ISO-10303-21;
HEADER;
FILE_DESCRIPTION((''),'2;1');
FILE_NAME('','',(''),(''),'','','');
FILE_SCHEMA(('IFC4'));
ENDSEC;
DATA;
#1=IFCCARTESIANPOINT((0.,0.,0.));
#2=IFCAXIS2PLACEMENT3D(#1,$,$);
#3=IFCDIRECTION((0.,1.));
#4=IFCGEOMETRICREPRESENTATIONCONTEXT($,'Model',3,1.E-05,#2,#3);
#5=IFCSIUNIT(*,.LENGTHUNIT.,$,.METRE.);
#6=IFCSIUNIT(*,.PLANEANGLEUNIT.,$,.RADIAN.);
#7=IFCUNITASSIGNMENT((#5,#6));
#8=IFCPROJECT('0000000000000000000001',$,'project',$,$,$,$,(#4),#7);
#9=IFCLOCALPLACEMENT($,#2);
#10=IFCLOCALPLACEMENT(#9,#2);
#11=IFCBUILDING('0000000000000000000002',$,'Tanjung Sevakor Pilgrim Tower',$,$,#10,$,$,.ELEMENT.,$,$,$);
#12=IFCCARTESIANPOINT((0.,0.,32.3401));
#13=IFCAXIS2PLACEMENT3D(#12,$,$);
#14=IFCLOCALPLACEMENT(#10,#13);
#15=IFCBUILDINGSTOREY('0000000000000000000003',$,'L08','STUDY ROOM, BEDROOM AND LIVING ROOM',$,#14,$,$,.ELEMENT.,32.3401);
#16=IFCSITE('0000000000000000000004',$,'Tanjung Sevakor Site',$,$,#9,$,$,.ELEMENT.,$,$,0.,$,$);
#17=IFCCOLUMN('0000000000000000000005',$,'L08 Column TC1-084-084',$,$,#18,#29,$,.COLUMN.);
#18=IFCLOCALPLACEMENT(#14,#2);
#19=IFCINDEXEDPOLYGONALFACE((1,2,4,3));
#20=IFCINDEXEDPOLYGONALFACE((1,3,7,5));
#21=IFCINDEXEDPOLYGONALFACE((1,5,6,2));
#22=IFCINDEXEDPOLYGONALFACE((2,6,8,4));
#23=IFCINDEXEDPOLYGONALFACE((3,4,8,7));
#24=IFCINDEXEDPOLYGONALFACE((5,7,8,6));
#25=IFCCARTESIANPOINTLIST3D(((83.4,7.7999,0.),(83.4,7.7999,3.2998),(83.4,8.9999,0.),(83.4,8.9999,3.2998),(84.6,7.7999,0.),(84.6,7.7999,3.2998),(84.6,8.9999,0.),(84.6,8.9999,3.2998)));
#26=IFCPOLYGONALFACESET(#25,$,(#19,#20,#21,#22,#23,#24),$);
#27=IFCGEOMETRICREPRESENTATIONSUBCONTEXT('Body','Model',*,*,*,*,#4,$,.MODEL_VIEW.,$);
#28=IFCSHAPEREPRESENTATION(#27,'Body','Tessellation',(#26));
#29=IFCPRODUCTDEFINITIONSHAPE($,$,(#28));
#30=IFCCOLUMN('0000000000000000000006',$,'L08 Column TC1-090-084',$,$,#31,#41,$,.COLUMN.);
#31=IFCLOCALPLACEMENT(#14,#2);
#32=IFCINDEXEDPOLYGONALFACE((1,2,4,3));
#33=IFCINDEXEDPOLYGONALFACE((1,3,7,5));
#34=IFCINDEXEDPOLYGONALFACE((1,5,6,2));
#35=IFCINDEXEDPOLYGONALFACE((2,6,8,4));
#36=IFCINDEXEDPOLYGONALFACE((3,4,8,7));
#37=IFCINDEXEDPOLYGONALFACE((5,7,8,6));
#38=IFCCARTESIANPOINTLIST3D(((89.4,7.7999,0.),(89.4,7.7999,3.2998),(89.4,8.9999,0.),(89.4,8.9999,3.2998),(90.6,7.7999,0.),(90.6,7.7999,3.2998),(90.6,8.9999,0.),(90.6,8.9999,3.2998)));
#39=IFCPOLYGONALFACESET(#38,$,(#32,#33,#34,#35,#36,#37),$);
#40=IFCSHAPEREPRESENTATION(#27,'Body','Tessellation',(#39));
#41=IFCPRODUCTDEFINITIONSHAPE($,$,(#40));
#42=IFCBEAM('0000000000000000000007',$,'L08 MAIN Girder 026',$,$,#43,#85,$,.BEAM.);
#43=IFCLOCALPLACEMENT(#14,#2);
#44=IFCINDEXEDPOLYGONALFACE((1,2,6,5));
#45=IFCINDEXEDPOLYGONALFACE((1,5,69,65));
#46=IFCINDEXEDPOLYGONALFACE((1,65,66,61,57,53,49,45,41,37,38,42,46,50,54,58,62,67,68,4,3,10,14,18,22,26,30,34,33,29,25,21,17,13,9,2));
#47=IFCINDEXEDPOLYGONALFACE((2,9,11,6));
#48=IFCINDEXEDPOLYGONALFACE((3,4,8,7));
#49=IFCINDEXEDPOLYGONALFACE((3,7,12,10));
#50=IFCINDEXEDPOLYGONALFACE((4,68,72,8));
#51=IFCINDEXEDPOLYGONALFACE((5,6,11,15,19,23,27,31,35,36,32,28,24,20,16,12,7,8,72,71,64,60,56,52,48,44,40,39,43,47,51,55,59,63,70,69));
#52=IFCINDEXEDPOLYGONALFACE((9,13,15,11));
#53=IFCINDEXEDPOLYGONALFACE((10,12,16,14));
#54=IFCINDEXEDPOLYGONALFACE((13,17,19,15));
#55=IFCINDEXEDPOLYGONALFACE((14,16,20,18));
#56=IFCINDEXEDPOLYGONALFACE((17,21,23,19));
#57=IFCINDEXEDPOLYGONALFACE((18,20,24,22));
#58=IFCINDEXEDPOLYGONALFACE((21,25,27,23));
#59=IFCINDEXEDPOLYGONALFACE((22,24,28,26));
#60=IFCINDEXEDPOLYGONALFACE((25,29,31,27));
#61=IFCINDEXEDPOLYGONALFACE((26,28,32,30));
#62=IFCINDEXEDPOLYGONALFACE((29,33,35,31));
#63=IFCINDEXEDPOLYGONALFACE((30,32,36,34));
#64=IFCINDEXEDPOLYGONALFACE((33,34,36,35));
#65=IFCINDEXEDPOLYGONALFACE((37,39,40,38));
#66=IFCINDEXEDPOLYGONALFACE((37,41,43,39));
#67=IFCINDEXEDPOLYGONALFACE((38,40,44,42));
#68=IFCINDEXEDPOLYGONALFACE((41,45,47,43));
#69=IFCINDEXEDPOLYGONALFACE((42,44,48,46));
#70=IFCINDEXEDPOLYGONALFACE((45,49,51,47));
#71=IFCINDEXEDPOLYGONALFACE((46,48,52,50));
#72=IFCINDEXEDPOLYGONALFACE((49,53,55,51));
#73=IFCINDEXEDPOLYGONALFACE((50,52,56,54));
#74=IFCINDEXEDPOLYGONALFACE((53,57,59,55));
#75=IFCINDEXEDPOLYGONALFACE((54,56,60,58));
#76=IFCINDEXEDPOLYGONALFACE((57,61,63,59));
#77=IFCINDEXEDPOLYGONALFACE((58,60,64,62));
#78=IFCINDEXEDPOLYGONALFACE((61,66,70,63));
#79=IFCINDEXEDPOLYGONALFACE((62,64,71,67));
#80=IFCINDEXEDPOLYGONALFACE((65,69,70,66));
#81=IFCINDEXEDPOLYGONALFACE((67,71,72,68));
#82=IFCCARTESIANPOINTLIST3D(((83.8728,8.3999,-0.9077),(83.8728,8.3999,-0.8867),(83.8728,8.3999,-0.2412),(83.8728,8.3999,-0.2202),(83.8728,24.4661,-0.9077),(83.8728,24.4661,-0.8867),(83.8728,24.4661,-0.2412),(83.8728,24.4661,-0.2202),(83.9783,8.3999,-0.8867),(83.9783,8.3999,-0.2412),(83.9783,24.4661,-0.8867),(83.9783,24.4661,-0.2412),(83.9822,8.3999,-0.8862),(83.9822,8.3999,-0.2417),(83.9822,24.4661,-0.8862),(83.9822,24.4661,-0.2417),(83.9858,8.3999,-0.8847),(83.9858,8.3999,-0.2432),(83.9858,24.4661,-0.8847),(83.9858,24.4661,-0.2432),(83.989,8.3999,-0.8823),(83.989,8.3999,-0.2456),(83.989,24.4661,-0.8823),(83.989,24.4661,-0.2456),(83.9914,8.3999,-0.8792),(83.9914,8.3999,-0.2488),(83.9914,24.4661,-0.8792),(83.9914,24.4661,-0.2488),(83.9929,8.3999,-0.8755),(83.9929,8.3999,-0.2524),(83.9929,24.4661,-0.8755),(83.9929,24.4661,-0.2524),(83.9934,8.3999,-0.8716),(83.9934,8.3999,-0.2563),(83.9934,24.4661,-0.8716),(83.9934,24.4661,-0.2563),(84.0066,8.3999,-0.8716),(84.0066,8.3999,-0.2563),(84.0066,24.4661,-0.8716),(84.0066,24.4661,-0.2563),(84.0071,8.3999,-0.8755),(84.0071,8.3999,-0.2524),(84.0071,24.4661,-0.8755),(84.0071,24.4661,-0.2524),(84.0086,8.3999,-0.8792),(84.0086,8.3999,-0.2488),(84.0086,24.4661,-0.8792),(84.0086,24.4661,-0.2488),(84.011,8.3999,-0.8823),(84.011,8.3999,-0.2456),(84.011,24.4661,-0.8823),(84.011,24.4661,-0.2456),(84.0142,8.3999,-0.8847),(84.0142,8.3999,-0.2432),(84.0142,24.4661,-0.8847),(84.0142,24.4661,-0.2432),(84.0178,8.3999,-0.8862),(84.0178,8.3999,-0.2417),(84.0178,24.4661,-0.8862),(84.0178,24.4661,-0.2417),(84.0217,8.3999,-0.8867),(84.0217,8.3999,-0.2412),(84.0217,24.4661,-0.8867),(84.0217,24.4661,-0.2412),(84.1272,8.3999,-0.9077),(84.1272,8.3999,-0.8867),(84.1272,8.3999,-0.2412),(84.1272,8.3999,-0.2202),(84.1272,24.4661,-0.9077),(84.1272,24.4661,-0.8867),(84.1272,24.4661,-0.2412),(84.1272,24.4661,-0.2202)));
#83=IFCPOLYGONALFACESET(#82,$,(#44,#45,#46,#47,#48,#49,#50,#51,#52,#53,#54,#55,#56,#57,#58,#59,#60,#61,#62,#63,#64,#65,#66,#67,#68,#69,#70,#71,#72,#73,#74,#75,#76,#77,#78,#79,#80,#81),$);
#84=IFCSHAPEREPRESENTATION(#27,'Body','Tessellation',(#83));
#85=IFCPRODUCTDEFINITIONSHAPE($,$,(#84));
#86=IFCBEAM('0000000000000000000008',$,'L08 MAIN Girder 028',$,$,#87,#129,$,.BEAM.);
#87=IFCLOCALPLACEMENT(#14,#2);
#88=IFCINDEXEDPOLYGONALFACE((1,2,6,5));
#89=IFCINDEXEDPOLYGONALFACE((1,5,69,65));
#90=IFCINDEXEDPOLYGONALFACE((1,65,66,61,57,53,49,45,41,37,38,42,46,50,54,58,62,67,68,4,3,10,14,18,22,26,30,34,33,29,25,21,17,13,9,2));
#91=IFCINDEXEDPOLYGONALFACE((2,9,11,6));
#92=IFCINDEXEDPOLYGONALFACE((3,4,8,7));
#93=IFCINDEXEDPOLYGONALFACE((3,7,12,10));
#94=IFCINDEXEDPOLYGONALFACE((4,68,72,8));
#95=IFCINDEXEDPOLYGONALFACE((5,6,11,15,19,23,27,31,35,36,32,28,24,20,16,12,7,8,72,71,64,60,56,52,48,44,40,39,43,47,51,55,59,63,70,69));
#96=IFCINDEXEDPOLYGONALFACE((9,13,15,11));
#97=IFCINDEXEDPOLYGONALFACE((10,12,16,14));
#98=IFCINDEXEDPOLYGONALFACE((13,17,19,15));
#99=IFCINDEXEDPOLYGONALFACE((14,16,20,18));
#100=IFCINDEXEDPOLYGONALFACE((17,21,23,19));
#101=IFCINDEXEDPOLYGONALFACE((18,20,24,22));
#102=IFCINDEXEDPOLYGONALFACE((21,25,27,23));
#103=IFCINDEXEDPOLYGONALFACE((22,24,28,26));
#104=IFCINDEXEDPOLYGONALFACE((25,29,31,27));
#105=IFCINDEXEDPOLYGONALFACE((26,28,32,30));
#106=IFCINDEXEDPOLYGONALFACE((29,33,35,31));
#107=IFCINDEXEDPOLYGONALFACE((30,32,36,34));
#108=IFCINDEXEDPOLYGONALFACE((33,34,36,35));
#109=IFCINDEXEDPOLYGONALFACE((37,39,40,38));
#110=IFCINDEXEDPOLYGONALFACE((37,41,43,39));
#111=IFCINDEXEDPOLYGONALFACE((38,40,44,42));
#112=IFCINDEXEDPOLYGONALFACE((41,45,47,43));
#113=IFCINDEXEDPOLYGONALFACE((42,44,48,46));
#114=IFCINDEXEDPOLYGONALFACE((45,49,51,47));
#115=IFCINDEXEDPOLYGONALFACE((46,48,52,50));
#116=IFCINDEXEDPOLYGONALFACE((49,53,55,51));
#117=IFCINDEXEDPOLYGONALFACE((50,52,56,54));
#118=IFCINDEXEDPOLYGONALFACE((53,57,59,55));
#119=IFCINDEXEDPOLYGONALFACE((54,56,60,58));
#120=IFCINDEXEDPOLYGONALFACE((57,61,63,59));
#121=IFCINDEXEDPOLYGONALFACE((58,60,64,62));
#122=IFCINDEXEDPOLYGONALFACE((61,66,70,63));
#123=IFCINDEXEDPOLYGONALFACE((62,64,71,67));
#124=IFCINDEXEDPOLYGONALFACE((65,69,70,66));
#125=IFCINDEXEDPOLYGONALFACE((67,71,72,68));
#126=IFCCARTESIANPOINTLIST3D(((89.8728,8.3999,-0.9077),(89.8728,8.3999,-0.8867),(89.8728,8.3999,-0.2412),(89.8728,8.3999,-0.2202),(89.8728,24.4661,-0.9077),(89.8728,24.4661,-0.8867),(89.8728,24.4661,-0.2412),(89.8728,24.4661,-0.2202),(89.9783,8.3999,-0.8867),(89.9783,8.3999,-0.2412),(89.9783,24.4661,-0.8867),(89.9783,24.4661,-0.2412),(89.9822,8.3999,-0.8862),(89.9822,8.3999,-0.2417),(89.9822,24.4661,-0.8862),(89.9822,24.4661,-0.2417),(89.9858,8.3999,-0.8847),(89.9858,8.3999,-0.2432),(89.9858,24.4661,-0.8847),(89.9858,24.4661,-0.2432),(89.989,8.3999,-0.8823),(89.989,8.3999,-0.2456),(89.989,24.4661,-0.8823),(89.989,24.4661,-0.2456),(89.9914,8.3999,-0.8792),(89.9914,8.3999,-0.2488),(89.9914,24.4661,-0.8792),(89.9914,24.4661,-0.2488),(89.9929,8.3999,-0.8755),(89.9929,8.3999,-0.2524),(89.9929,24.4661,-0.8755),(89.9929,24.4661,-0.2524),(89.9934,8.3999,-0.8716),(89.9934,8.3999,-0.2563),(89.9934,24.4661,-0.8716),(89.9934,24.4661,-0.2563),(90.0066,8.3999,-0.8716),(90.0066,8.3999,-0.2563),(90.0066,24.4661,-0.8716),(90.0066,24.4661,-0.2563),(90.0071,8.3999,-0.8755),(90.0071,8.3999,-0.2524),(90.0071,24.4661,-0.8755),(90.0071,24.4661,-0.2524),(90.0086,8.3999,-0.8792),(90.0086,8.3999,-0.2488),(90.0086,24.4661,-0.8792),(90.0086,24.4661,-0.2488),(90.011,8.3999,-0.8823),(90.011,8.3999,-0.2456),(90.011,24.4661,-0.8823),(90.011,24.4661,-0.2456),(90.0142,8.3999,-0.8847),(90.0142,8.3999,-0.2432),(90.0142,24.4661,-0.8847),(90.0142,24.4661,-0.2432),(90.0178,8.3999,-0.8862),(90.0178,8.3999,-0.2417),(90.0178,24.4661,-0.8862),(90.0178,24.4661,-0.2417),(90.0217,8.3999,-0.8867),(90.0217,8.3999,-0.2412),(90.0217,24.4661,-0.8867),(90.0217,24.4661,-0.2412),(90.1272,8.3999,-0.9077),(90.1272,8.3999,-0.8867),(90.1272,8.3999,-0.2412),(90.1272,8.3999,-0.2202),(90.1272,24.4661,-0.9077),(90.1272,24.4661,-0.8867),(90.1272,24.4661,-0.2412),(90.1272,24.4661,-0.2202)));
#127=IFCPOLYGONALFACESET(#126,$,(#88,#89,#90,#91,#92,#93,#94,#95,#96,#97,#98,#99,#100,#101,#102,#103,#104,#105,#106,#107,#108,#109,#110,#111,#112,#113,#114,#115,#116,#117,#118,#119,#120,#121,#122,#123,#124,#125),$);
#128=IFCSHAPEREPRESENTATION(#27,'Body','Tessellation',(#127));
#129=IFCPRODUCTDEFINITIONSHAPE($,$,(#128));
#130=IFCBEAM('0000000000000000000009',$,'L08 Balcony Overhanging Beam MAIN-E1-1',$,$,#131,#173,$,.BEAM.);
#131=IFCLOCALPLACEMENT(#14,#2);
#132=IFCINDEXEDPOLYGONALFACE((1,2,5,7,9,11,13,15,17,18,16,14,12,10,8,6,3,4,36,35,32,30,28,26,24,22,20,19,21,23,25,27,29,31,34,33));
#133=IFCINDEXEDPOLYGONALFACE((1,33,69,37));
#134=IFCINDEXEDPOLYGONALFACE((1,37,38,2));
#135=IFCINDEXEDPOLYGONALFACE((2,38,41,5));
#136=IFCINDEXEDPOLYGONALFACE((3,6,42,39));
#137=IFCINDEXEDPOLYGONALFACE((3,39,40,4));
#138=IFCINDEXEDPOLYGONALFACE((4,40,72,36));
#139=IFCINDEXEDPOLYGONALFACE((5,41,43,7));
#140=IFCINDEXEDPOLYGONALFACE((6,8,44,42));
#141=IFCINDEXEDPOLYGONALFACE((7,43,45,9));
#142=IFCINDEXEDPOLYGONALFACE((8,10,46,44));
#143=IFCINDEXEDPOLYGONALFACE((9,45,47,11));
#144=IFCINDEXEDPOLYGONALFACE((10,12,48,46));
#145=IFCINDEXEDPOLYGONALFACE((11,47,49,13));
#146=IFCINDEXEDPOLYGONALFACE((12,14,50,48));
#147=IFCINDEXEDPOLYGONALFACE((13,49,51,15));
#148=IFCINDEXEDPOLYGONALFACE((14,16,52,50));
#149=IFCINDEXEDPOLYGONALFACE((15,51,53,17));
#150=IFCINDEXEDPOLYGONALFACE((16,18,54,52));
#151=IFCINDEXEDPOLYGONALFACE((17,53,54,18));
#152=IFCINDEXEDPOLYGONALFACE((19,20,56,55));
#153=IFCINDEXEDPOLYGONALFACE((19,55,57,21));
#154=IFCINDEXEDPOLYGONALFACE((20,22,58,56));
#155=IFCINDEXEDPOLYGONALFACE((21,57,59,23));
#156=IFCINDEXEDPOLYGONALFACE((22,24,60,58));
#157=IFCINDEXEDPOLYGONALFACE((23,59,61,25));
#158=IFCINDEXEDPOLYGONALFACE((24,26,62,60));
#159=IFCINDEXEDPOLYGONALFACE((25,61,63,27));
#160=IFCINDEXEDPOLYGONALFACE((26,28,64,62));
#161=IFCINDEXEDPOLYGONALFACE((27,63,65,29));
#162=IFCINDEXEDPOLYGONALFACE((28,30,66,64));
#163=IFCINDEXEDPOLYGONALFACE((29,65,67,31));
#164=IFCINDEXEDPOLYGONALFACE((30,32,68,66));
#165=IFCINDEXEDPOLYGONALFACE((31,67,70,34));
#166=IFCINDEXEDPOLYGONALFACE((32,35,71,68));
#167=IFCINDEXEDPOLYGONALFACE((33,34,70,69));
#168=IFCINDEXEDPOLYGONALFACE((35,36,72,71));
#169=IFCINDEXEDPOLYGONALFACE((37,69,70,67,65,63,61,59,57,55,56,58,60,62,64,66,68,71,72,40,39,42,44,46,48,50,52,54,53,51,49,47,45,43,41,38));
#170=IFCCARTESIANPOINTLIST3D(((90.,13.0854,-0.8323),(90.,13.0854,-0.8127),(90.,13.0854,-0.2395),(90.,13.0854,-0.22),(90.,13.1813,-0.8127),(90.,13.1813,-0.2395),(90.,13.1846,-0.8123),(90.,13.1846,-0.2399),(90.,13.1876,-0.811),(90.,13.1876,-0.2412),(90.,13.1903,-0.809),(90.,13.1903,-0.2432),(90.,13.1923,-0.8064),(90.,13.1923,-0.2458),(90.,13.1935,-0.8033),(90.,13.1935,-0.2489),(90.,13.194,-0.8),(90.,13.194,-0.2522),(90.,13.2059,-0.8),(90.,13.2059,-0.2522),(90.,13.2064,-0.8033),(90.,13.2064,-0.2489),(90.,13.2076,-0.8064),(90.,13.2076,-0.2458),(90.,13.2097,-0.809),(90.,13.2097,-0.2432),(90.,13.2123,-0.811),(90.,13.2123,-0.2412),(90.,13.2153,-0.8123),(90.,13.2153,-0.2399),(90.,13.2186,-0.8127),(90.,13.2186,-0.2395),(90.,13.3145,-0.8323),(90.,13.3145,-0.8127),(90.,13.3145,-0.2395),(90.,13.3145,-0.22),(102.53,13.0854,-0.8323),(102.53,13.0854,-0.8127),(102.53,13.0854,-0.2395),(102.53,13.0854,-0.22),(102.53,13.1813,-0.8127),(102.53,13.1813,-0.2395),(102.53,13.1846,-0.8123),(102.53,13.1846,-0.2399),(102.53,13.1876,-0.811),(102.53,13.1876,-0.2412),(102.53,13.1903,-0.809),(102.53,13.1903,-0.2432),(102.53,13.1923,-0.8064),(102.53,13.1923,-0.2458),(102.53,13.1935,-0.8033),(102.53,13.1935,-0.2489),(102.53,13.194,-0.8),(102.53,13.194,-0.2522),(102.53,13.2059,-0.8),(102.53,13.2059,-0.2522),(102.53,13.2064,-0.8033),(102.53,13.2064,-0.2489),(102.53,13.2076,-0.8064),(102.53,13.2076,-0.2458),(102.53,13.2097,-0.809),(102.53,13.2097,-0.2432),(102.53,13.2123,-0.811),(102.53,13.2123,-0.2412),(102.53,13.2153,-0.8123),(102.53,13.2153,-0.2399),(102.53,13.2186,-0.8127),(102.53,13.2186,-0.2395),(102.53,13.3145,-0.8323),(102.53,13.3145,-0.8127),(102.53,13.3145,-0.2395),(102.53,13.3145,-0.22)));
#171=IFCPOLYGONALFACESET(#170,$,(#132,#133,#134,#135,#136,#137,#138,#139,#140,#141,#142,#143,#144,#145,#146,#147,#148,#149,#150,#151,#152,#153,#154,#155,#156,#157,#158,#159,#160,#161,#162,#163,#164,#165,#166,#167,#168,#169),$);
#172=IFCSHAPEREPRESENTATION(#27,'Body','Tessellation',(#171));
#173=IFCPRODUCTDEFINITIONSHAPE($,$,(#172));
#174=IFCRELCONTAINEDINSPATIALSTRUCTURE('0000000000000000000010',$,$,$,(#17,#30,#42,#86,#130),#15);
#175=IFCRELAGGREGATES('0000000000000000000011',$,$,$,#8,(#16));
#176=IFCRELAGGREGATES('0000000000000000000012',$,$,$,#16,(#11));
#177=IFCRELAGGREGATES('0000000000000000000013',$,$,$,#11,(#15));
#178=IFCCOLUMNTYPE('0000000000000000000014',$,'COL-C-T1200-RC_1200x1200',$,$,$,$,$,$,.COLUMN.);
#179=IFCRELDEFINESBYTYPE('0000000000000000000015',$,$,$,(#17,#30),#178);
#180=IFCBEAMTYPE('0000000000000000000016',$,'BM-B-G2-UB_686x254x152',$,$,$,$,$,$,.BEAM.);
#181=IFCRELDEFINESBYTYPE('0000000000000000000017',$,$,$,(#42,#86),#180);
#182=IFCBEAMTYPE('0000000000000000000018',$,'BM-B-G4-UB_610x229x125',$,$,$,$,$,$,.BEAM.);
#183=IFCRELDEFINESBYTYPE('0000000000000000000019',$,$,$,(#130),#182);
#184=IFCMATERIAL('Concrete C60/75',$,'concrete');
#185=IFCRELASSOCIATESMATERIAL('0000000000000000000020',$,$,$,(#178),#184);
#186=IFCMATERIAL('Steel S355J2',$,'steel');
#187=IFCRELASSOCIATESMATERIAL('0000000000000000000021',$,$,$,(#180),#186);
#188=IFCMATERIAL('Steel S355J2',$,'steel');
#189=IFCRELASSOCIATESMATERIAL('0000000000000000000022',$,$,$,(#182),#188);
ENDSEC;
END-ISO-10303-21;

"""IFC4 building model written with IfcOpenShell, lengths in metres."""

from ifc_helpers import new_model, si_unit, direction, frame, origin, origin_2d, place, context, subcontext, project, spatial, rectangle, i_section, extrude, material, material_profile, profile_set, type_object, element, save


model = new_model("IFC4")

# Units and contexts
model_context = context("Model", 3, precision=1e-05, world=origin(), true_north=direction((0.0, 1.0)))
body_context = subcontext(model_context, "Body", "Model", "MODEL_VIEW")
ifc_project = project(units=[si_unit("LENGTHUNIT", "METRE"), si_unit("PLANEANGLEUNIT", "RADIAN")], contexts=[model_context])

# Site, building, storey
site_placement = place(None, origin())
site = spatial("IfcSite", under=ifc_project, at=site_placement, Name="Tanjung Sevakor Site", CompositionType="ELEMENT", RefElevation=0.0)
building_placement = place(site_placement, origin())
building = spatial("IfcBuilding", under=site, at=building_placement, Name="Tanjung Sevakor Pilgrim Tower", CompositionType="ELEMENT")
storey_placement = place(building_placement, frame((0.0, 0.0, 32.3401)))
storey = spatial("IfcBuildingStorey", under=building, at=storey_placement, Name="L08", Description="STUDY ROOM, BEDROOM AND LIVING ROOM", CompositionType="ELEMENT", Elevation=32.3401)

# Columns
ifc_material_1 = material(Name="Concrete C60/75", Category="concrete")
ifc_material_profile_1 = material_profile(ifc_material_1, rectangle(XDim=1.2, YDim=1.2, at=origin_2d()))
ifc_profile_set_1 = profile_set([ifc_material_profile_1], Name="Concrete C60/75")
column_type = type_object("IfcColumnType", Name="COL-C-T1200-RC_1200x1200", PredefinedType="COLUMN", material=ifc_profile_set_1)
for number, where, z_axis, x_axis, name in (
    (1, (84.0, 8.3999, 0.0), (0.0, 0.0, 1.0), (1.0, 0.0, 0.0), "L08 Column TC1-084-084"),
    (2, (90.0, 8.3999, 0.0), (0.0, 0.0, 1.0), (1.0, 0.0, 0.0), "L08 Column TC1-090-084"),
):
    element("IfcColumn", number, at=place(storey_placement, frame(where, z_axis=z_axis, x_axis=x_axis)), inside=storey, type_object=column_type, Name=name, PredefinedType="COLUMN", context=body_context, shape_type="SweptSolid", body=[
        extrude(rectangle(XDim=1.2, YDim=1.2, at=origin_2d()), origin(), (0.0, 0.0, 1.0), 3.2998),
    ])

# Beams
ifc_material_2 = material(Name="Steel S355J2", Category="steel")
ifc_material_profile_2 = material_profile(ifc_material_2, i_section(OverallWidth=0.2544, OverallDepth=0.6875, WebThickness=0.0132, FlangeThickness=0.021, FilletRadius=0.0151, at=origin_2d()))
ifc_profile_set_2 = profile_set([ifc_material_profile_2], Name="Steel S355J2")
beam_type_1 = type_object("IfcBeamType", Name="BM-B-G2-UB_686x254x152", PredefinedType="BEAM", material=ifc_profile_set_2)
for number, where, z_axis, x_axis, name in (
    (3, (84.0, 8.3999, -0.564), (0.0, 1.0, 0.0), (-1.0, 0.0, 0.0), "L08 MAIN Girder 026"),
    (4, (90.0, 8.3999, -0.564), (0.0, 1.0, 0.0), (-1.0, 0.0, 0.0), "L08 MAIN Girder 028"),
):
    element("IfcBeam", number, at=place(storey_placement, frame(where, z_axis=z_axis, x_axis=x_axis)), inside=storey, type_object=beam_type_1, Name=name, PredefinedType="BEAM", context=body_context, shape_type="SweptSolid", body=[
        extrude(i_section(OverallWidth=0.2544, OverallDepth=0.6875, WebThickness=0.0132, FlangeThickness=0.021, FilletRadius=0.0151, at=origin_2d()), origin(), (0.0, 0.0, 1.0), 16.0662),
    ])
ifc_material_3 = material(Name="Steel S355J2", Category="steel")
ifc_material_profile_3 = material_profile(ifc_material_3, i_section(OverallWidth=0.229, OverallDepth=0.6123, WebThickness=0.012, FlangeThickness=0.0195, FilletRadius=0.0127, at=origin_2d()))
ifc_profile_set_3 = profile_set([ifc_material_profile_3], Name="Steel S355J2")
beam_type_2 = type_object("IfcBeamType", Name="BM-B-G4-UB_610x229x125", PredefinedType="BEAM", material=ifc_profile_set_3)
beam_1_placement = place(storey_placement, frame((90.0, 13.2, -0.5261), z_axis=(1.0, 0.0, 0.0), x_axis=(0.0, 1.0, 0.0)))
element("IfcBeam", 5, at=beam_1_placement, inside=storey, type_object=beam_type_2, Name="L08 Balcony Overhanging Beam MAIN-E1-1", PredefinedType="BEAM", context=body_context, shape_type="SweptSolid", body=[
    extrude(i_section(OverallWidth=0.229, OverallDepth=0.6123, WebThickness=0.012, FlangeThickness=0.0195, FilletRadius=0.0127, at=origin_2d()), origin(), (0.0, 0.0, 1.0), 12.53),
])

save(model, "model.ifc")
